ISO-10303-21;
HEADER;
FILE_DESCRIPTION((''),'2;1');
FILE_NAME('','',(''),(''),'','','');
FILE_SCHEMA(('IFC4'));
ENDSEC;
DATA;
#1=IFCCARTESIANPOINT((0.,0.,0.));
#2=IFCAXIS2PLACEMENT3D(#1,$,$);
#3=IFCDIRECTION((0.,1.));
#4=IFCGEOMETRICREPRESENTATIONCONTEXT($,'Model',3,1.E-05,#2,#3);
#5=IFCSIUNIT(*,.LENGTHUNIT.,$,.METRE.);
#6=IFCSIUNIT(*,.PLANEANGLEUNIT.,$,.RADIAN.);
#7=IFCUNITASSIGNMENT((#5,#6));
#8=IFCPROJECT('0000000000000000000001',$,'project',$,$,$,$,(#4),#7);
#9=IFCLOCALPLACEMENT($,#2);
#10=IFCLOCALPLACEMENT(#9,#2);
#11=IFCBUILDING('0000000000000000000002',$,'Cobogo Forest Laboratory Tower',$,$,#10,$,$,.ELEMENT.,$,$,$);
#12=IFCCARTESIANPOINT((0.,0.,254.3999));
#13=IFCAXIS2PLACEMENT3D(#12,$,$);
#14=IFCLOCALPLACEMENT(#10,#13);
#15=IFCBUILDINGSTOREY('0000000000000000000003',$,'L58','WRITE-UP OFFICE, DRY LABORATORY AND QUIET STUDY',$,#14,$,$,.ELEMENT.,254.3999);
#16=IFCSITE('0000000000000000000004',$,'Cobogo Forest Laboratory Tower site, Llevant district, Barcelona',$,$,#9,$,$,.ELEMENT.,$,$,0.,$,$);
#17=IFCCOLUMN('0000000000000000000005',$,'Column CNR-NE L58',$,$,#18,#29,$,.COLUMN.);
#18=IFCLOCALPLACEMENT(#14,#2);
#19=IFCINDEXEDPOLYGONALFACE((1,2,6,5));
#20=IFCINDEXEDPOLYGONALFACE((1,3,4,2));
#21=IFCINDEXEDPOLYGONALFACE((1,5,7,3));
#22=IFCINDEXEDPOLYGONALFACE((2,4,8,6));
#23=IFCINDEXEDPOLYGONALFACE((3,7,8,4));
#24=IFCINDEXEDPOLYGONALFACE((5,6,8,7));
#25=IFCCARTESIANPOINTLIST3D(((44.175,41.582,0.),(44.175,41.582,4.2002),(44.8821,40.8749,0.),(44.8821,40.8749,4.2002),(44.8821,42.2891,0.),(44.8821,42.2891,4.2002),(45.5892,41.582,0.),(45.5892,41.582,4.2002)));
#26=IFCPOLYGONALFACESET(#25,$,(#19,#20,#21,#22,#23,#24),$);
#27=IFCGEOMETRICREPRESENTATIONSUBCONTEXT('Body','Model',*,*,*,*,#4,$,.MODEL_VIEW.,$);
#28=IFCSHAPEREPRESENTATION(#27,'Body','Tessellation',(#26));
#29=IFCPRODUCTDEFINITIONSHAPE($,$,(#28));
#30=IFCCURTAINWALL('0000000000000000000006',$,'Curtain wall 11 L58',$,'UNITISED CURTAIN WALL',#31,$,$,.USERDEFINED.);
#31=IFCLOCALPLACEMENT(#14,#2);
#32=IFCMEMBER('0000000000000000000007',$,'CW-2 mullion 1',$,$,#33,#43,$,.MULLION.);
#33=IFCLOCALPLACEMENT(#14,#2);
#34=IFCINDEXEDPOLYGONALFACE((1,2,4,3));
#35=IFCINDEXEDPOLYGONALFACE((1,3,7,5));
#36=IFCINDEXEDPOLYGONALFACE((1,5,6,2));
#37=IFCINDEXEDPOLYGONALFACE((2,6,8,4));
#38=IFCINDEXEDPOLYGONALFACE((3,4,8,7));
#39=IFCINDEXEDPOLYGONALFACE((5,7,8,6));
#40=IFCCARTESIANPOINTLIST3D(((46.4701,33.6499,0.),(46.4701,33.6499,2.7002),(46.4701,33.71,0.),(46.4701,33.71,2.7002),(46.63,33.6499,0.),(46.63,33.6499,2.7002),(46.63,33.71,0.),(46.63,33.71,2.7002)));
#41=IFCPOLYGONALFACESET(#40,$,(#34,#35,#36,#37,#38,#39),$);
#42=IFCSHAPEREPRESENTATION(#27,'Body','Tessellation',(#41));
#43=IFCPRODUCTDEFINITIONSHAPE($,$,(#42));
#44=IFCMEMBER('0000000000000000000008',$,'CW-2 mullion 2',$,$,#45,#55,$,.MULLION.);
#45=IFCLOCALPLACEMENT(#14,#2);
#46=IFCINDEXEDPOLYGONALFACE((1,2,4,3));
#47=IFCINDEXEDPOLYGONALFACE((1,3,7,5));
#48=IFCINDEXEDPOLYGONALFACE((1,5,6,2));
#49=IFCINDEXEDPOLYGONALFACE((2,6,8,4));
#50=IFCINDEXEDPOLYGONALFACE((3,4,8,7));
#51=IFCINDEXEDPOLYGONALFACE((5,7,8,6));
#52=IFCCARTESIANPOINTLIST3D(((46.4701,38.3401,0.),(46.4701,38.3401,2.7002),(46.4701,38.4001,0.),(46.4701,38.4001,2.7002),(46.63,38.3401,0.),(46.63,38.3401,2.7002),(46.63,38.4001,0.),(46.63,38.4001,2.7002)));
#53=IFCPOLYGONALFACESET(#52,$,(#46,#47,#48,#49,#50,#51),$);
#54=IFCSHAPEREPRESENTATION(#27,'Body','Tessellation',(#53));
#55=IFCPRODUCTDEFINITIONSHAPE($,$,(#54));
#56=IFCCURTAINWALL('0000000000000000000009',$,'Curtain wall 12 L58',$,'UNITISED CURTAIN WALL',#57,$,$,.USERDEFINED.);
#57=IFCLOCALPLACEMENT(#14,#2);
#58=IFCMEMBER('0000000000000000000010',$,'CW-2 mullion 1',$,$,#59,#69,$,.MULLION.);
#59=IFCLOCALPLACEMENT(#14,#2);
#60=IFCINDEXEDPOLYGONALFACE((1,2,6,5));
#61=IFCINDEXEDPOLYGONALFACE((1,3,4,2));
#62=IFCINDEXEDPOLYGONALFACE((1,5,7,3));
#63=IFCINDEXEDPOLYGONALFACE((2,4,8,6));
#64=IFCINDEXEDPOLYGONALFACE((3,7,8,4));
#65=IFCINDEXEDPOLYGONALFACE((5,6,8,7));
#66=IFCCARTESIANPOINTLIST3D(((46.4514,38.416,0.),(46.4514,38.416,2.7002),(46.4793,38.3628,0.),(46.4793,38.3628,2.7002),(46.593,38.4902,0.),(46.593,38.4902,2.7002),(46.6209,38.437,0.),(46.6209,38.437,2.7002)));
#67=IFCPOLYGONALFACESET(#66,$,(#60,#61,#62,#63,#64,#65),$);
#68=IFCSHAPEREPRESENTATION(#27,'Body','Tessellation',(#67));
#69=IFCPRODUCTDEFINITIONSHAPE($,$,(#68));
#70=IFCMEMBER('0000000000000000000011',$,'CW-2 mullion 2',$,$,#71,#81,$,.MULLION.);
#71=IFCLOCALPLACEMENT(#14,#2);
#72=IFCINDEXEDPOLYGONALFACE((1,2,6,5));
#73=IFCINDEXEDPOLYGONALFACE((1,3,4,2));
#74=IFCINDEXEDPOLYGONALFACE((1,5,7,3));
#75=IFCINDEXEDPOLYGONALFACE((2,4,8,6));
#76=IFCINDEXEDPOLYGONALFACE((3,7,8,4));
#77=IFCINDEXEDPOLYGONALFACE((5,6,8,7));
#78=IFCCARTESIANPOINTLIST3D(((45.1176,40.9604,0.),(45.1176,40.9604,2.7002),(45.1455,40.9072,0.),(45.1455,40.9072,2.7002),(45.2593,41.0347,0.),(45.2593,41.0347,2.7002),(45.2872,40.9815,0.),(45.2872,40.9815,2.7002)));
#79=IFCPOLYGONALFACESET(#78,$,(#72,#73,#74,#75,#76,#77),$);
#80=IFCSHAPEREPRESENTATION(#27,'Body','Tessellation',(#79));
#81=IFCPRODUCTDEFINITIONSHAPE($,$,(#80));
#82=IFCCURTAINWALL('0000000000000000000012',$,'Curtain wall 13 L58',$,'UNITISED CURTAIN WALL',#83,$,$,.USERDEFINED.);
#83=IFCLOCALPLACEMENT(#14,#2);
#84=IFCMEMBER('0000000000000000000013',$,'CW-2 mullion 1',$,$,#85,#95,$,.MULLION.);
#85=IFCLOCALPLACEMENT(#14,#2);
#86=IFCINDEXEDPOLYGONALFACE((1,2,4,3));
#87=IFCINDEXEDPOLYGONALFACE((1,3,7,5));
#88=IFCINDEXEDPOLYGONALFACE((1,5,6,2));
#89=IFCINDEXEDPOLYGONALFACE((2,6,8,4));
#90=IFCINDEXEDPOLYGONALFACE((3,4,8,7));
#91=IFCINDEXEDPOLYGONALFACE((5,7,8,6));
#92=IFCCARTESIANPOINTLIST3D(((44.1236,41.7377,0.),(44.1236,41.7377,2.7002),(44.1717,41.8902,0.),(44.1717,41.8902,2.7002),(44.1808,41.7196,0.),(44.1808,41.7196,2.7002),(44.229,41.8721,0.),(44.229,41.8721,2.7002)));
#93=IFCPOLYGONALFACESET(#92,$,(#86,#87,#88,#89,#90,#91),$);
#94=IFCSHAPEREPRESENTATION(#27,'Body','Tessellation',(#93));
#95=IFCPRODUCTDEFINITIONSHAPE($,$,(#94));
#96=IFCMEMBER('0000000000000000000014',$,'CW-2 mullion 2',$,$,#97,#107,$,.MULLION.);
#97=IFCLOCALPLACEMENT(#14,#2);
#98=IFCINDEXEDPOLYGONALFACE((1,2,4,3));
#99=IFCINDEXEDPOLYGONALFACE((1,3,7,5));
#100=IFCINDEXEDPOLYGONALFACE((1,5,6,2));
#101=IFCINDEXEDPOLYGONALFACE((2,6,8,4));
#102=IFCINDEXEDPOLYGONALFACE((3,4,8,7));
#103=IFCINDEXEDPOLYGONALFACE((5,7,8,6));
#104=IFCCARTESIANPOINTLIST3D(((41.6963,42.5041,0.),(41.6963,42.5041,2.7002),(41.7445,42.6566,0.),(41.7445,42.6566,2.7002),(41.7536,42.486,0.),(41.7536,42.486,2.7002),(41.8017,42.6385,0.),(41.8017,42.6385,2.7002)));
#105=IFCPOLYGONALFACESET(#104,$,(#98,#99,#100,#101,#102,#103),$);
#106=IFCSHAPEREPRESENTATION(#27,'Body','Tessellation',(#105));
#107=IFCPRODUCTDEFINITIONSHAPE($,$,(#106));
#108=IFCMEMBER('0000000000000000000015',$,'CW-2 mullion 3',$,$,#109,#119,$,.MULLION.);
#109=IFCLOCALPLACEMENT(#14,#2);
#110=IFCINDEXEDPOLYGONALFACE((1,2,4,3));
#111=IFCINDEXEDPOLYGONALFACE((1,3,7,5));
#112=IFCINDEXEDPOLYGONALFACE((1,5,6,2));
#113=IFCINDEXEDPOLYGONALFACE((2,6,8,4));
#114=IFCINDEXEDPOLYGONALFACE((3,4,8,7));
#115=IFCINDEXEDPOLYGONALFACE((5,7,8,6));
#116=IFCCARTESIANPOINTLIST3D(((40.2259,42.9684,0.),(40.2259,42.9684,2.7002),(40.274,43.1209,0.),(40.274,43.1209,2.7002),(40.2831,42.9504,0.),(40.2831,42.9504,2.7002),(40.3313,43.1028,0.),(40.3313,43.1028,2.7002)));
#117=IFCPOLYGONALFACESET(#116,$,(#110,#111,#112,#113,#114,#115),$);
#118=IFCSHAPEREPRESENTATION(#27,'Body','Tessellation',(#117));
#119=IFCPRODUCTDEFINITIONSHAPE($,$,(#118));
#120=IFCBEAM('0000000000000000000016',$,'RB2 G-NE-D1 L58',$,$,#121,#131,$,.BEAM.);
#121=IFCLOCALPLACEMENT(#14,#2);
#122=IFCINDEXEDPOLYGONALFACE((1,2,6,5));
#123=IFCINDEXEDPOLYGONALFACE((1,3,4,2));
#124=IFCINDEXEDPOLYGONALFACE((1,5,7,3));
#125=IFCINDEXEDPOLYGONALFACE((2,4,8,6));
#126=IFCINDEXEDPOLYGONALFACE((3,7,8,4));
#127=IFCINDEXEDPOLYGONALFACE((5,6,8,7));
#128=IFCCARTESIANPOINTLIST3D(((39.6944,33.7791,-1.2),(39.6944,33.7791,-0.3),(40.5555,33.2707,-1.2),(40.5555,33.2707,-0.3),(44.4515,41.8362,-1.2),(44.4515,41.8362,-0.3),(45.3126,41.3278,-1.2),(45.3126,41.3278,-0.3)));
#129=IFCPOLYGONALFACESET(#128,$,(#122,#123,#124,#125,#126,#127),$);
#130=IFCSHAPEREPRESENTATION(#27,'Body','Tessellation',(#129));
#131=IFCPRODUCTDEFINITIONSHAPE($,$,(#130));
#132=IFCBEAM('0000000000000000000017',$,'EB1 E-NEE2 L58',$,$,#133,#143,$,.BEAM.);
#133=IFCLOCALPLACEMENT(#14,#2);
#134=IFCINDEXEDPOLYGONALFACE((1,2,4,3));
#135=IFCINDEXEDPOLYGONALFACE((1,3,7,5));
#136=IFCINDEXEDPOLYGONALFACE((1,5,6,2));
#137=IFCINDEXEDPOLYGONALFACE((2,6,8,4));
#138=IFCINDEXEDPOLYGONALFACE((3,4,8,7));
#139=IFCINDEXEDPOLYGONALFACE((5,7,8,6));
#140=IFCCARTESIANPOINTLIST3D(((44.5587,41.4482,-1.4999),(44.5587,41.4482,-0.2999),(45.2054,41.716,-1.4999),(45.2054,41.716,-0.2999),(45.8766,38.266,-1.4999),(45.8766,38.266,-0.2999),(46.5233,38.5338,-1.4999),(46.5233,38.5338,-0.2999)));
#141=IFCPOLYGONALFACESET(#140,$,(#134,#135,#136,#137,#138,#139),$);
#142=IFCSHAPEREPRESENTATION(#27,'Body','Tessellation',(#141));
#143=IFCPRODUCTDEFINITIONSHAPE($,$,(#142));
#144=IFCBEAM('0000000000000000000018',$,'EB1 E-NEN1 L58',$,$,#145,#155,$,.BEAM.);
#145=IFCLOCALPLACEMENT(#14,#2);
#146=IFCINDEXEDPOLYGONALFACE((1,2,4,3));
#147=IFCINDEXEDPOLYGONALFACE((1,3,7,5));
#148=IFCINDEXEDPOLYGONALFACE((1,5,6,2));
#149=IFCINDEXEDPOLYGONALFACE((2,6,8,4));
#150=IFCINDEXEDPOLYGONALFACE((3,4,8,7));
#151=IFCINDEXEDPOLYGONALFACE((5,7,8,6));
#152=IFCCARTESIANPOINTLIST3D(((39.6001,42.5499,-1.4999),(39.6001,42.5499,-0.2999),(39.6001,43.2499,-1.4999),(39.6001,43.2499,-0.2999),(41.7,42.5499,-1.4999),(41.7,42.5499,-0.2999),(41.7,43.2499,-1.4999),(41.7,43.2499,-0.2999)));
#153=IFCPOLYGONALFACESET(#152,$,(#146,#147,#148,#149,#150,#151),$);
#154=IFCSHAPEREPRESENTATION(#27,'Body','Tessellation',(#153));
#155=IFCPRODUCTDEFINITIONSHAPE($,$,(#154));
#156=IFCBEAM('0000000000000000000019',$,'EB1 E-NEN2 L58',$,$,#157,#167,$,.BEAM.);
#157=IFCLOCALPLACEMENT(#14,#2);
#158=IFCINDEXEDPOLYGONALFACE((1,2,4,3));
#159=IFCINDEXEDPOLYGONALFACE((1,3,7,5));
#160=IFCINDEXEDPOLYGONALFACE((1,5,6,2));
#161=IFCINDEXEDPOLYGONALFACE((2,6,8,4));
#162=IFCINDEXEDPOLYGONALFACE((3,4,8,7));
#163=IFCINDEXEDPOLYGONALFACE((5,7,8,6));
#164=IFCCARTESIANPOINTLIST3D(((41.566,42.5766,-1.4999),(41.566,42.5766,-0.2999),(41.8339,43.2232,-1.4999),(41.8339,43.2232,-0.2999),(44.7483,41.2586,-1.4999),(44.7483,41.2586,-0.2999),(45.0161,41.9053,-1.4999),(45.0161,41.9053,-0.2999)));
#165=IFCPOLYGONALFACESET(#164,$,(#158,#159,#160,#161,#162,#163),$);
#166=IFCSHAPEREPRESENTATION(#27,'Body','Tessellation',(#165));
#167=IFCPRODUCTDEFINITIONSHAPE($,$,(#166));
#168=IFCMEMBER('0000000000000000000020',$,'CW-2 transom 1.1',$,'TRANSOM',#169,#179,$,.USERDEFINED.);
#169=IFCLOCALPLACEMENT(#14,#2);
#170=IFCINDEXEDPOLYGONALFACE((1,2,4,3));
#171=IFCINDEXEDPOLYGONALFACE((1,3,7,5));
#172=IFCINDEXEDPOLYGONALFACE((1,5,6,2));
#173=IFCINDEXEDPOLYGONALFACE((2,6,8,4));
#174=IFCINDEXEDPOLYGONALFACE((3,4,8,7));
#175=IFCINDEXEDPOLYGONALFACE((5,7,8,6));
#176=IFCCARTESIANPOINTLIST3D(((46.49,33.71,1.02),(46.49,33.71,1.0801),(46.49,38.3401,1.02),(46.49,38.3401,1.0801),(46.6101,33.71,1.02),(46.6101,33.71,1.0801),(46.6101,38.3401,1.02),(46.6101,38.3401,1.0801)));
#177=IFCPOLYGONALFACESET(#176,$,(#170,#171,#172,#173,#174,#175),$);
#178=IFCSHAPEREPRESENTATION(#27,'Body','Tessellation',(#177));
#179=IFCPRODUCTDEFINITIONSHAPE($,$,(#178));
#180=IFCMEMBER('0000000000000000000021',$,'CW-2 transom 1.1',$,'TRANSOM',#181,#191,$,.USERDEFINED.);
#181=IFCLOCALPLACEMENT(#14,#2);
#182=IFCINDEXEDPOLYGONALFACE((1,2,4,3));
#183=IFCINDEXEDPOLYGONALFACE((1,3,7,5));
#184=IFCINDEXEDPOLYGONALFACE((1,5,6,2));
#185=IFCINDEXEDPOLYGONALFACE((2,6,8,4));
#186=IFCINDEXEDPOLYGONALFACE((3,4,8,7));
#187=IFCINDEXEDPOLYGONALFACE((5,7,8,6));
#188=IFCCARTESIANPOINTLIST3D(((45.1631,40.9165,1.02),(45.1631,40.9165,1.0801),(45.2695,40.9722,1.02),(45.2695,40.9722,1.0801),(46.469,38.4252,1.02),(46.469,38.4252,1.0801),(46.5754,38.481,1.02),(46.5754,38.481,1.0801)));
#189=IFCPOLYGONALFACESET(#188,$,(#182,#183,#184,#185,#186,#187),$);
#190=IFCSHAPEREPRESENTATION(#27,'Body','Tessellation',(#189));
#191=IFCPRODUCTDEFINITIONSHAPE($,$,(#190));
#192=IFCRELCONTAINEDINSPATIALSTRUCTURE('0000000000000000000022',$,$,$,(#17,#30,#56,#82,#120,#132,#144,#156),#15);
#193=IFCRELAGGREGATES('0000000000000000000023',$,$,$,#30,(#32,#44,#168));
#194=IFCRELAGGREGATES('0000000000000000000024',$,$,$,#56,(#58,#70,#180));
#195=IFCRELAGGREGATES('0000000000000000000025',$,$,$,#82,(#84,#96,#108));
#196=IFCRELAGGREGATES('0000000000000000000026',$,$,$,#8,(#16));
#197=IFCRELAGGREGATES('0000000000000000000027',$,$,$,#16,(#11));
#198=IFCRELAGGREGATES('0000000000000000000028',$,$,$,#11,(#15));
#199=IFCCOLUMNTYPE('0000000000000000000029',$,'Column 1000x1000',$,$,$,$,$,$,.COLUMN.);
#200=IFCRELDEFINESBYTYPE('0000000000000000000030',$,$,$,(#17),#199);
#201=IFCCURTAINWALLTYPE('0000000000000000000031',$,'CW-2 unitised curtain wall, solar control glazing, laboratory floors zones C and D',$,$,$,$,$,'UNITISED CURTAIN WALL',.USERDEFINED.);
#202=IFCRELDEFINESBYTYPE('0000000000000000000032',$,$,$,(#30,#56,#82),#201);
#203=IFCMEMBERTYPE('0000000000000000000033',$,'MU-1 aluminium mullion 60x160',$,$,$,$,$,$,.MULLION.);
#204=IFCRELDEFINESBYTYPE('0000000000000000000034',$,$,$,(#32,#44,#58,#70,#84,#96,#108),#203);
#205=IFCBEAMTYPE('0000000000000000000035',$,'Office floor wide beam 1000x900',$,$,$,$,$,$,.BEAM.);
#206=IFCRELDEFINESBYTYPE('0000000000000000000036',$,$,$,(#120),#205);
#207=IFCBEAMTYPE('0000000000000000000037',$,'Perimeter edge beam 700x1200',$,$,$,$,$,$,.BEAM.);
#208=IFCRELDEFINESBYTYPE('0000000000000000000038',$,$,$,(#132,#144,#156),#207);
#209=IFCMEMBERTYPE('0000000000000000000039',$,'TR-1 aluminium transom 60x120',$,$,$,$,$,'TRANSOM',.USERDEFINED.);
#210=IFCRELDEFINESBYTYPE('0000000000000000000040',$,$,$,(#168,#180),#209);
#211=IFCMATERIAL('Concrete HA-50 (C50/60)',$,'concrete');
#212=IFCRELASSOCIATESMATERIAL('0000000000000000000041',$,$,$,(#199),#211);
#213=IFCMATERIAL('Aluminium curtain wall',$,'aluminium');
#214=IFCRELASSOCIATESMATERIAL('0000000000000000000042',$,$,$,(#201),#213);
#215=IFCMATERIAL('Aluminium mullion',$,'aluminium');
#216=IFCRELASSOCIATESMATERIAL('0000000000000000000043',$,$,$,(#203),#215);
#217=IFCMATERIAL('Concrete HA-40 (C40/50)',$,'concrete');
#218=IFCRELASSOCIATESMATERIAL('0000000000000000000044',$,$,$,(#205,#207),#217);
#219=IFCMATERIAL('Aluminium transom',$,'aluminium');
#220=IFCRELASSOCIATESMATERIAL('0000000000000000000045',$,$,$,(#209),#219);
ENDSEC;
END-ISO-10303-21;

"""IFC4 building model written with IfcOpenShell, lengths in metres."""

from ifc_helpers import new_model, si_unit, direction, frame, origin, origin_2d, place, context, subcontext, project, spatial, rectangle, extrude, material, material_profile, profile_set, type_object, element, aggregate, save


model = new_model("IFC4")

# Units and contexts
model_context = context("Model", 3, precision=1e-05, world=origin(), true_north=direction((0.0, 1.0)))
body_context = subcontext(model_context, "Body", "Model", "MODEL_VIEW")
ifc_project = project(units=[si_unit("LENGTHUNIT", "METRE"), si_unit("PLANEANGLEUNIT", "RADIAN")], contexts=[model_context])

# Site, building, storey
site_placement = place(None, origin())
site = spatial("IfcSite", under=ifc_project, at=site_placement, Name="Cobogo Forest Laboratory Tower site, Llevant district, Barcelona", CompositionType="ELEMENT", RefElevation=0.0)
building_placement = place(site_placement, origin())
building = spatial("IfcBuilding", under=site, at=building_placement, Name="Cobogo Forest Laboratory Tower", CompositionType="ELEMENT")
storey_placement = place(building_placement, frame((0.0, 0.0, 254.3999)))
storey = spatial("IfcBuildingStorey", under=building, at=storey_placement, Name="L58", Description="WRITE-UP OFFICE, DRY LABORATORY AND QUIET STUDY", CompositionType="ELEMENT", Elevation=254.3999)

# Column
ifc_material_1 = material(Name="Concrete HA-50 (C50/60)", Category="concrete")
ifc_material_profile_1 = material_profile(ifc_material_1, rectangle(XDim=1.0, YDim=1.0, at=origin_2d()), Name="RC 1000x1000")
ifc_profile_set_1 = profile_set([ifc_material_profile_1], Name="Concrete HA-50 (C50/60)")
column_type = type_object("IfcColumnType", Name="Column 1000x1000", PredefinedType="COLUMN", material=ifc_profile_set_1)
column_placement = place(storey_placement, frame((44.8821, 41.582, 0.0), z_axis=(0.0, 0.0, 1.0), x_axis=(0.707107, 0.707107, 0.0)))
element("IfcColumn", 1, at=column_placement, inside=storey, type_object=column_type, Name="Column CNR-NE L58", PredefinedType="COLUMN", context=body_context, shape_type="SweptSolid", body=[
    extrude(rectangle(XDim=1.0, YDim=1.0, at=origin_2d()), origin(), (0.0, 0.0, 1.0), 4.2002),
])

# Curtain walls, members
ifc_material_2 = material(Name="Aluminium curtain wall", Category="aluminium")
curtain_wall_type = type_object("IfcCurtainWallType", Name="CW-2 unitised curtain wall, solar control glazing, laboratory floors zones C and D", ElementType="UNITISED CURTAIN WALL", PredefinedType="USERDEFINED", material=ifc_material_2)
curtain_wall_1_placement = place(storey_placement, origin())
curtain_wall_1 = element("IfcCurtainWall", 2, at=curtain_wall_1_placement, inside=storey, type_object=curtain_wall_type, Name="Curtain wall 11 L58", ObjectType="UNITISED CURTAIN WALL", PredefinedType="USERDEFINED")
ifc_material_3 = material(Name="Aluminium mullion", Category="aluminium")
ifc_material_profile_2 = material_profile(ifc_material_3, rectangle(XDim=0.0601, YDim=0.1599, at=origin_2d()), Name="AL 60x160")
ifc_profile_set_2 = profile_set([ifc_material_profile_2], Name="Aluminium mullion")
member_type_1 = type_object("IfcMemberType", Name="MU-1 aluminium mullion 60x160", PredefinedType="MULLION", material=ifc_profile_set_2)
member_1_placement = place(storey_placement, frame((46.55, 33.6799, 0.0), z_axis=(0.0, 0.0, 1.0), x_axis=(0.0, 1.0, 0.0)))
member_1 = element("IfcMember", 3, at=member_1_placement, type_object=member_type_1, Name="CW-2 mullion 1", PredefinedType="MULLION", context=body_context, shape_type="SweptSolid", body=[
    extrude(rectangle(XDim=0.0601, YDim=0.1599, at=origin_2d()), origin(), (0.0, 0.0, 1.0), 2.7002),
])
member_2_placement = place(storey_placement, frame((46.55, 38.3701, 0.0), z_axis=(0.0, 0.0, 1.0), x_axis=(0.0, 1.0, 0.0)))
member_2 = element("IfcMember", 4, at=member_2_placement, type_object=member_type_1, Name="CW-2 mullion 2", PredefinedType="MULLION", context=body_context, shape_type="SweptSolid", body=[
    extrude(rectangle(XDim=0.0601, YDim=0.1599, at=origin_2d()), origin(), (0.0, 0.0, 1.0), 2.7002),
])
curtain_wall_2_placement = place(storey_placement, origin())
curtain_wall_2 = element("IfcCurtainWall", 5, at=curtain_wall_2_placement, inside=storey, type_object=curtain_wall_type, Name="Curtain wall 12 L58", ObjectType="UNITISED CURTAIN WALL", PredefinedType="USERDEFINED")
member_3_placement = place(storey_placement, frame((46.5361, 38.4265, 0.0), z_axis=(0.0, 0.0, 1.0), x_axis=(-0.464284, 0.885686, 0.0)))
member_3 = element("IfcMember", 6, at=member_3_placement, type_object=member_type_1, Name="CW-2 mullion 1", PredefinedType="MULLION", context=body_context, shape_type="SweptSolid", body=[
    extrude(rectangle(XDim=0.0601, YDim=0.1599, at=origin_2d()), origin(), (0.0, 0.0, 1.0), 2.7002),
])
member_4_placement = place(storey_placement, frame((45.2024, 40.9709, 0.0), z_axis=(0.0, 0.0, 1.0), x_axis=(-0.464284, 0.885686, 0.0)))
member_4 = element("IfcMember", 7, at=member_4_placement, type_object=member_type_1, Name="CW-2 mullion 2", PredefinedType="MULLION", context=body_context, shape_type="SweptSolid", body=[
    extrude(rectangle(XDim=0.0601, YDim=0.1599, at=origin_2d()), origin(), (0.0, 0.0, 1.0), 2.7002),
])
curtain_wall_3_placement = place(storey_placement, origin())
curtain_wall_3 = element("IfcCurtainWall", 8, at=curtain_wall_3_placement, inside=storey, type_object=curtain_wall_type, Name="Curtain wall 13 L58", ObjectType="UNITISED CURTAIN WALL", PredefinedType="USERDEFINED")
member_5_placement = place(storey_placement, frame((44.1763, 41.8049, 0.0), z_axis=(0.0, 0.0, 1.0), x_axis=(-0.953581, 0.301135, 0.0)))
member_5 = element("IfcMember", 9, at=member_5_placement, type_object=member_type_1, Name="CW-2 mullion 1", PredefinedType="MULLION", context=body_context, shape_type="SweptSolid", body=[
    extrude(rectangle(XDim=0.0601, YDim=0.1599, at=origin_2d()), origin(), (0.0, 0.0, 1.0), 2.7002),
])
member_6_placement = place(storey_placement, frame((41.749, 42.5713, 0.0), z_axis=(0.0, 0.0, 1.0), x_axis=(-0.953581, 0.301135, 0.0)))
member_6 = element("IfcMember", 10, at=member_6_placement, type_object=member_type_1, Name="CW-2 mullion 2", PredefinedType="MULLION", context=body_context, shape_type="SweptSolid", body=[
    extrude(rectangle(XDim=0.0601, YDim=0.1599, at=origin_2d()), origin(), (0.0, 0.0, 1.0), 2.7002),
])
member_7_placement = place(storey_placement, frame((40.2786, 43.0356, 0.0), z_axis=(0.0, 0.0, 1.0), x_axis=(-0.953581, 0.301135, 0.0)))
member_7 = element("IfcMember", 11, at=member_7_placement, type_object=member_type_1, Name="CW-2 mullion 3", PredefinedType="MULLION", context=body_context, shape_type="SweptSolid", body=[
    extrude(rectangle(XDim=0.0601, YDim=0.1599, at=origin_2d()), origin(), (0.0, 0.0, 1.0), 2.7002),
])

# Beams
ifc_material_4 = material(Name="Concrete HA-40 (C40/50)", Category="concrete")
ifc_material_profile_3 = material_profile(ifc_material_4, rectangle(XDim=1.0, YDim=0.8999, at=origin_2d()), Name="RC 1000x900")
ifc_profile_set_3 = profile_set([ifc_material_profile_3], Name="Concrete HA-40 (C40/50)")
beam_type_1 = type_object("IfcBeamType", Name="Office floor wide beam 1000x900", PredefinedType="BEAM", material=ifc_profile_set_3)
beam_1_placement = place(storey_placement, frame((44.8821, 41.582, -0.75), z_axis=(-0.508416, -0.861111, 0.0), x_axis=(0.861111, -0.508416, 0.0)))
element("IfcBeam", 12, at=beam_1_placement, inside=storey, type_object=beam_type_1, Name="RB2 G-NE-D1 L58", PredefinedType="BEAM", context=body_context, shape_type="SweptSolid", body=[
    extrude(rectangle(XDim=1.0, YDim=0.8999, at=origin_2d()), origin(), (0.0, 0.0, 1.0), 9.3567),
])
ifc_material_profile_4 = material_profile(ifc_material_4, rectangle(XDim=0.7, YDim=1.2, at=origin_2d()), Name="RC 700x1200")
ifc_profile_set_4 = profile_set([ifc_material_profile_4], Name="Concrete HA-40 (C40/50)")
beam_type_2 = type_object("IfcBeamType", Name="Perimeter edge beam 700x1200", PredefinedType="BEAM", material=ifc_profile_set_4)
beam_2_placement = place(storey_placement, frame((46.2, 38.3999, -0.8999), z_axis=(-0.382631, 0.923901, 0.0), x_axis=(-0.923901, -0.382631, 0.0)))
element("IfcBeam", 13, at=beam_2_placement, inside=storey, type_object=beam_type_2, Name="EB1 E-NEE2 L58", PredefinedType="BEAM", context=body_context, shape_type="SweptSolid", body=[
    extrude(rectangle(XDim=0.7, YDim=1.2, at=origin_2d()), origin(), (0.0, 0.0, 1.0), 3.4443),
])
beam_3_placement = place(storey_placement, frame((39.6001, 42.8999, -0.8999), z_axis=(1.0, 0.0, 0.0), x_axis=(0.0, 1.0, 0.0)))
element("IfcBeam", 14, at=beam_3_placement, inside=storey, type_object=beam_type_2, Name="EB1 E-NEN1 L58", PredefinedType="BEAM", context=body_context, shape_type="SweptSolid", body=[
    extrude(rectangle(XDim=0.7, YDim=1.2, at=origin_2d()), origin(), (0.0, 0.0, 1.0), 2.0999),
])
beam_4_placement = place(storey_placement, frame((41.7, 42.8999, -0.8999), z_axis=(0.923901, -0.382631, 0.0), x_axis=(0.382631, 0.923901, 0.0)))
element("IfcBeam", 15, at=beam_4_placement, inside=storey, type_object=beam_type_2, Name="EB1 E-NEN2 L58", PredefinedType="BEAM", context=body_context, shape_type="SweptSolid", body=[
    extrude(rectangle(XDim=0.7, YDim=1.2, at=origin_2d()), origin(), (0.0, 0.0, 1.0), 3.4443),
])

# Members
ifc_material_5 = material(Name="Aluminium transom", Category="aluminium")
ifc_material_profile_5 = material_profile(ifc_material_5, rectangle(XDim=0.1201, YDim=0.0601, at=origin_2d()), Name="AL 60x120")
ifc_profile_set_5 = profile_set([ifc_material_profile_5], Name="Aluminium transom")
member_type_2 = type_object("IfcMemberType", Name="TR-1 aluminium transom 60x120", ElementType="TRANSOM", PredefinedType="USERDEFINED", material=ifc_profile_set_5)
member_8_placement = place(storey_placement, frame((46.55, 33.71, 1.05), z_axis=(0.0, 1.0, 0.0), x_axis=(-1.0, 0.0, 0.0)))
member_8 = element("IfcMember", 16, at=member_8_placement, type_object=member_type_2, Name="CW-2 transom 1.1", ObjectType="TRANSOM", PredefinedType="USERDEFINED", context=body_context, shape_type="SweptSolid", body=[
    extrude(rectangle(XDim=0.1201, YDim=0.0601, at=origin_2d()), origin(), (0.0, 0.0, 1.0), 4.6301),
])
member_9_placement = place(storey_placement, frame((46.5222, 38.4531, 1.05), z_axis=(-0.464283, 0.885687, 0.0), x_axis=(-0.885687, -0.464283, 0.0)))
member_9 = element("IfcMember", 17, at=member_9_placement, type_object=member_type_2, Name="CW-2 transom 1.1", ObjectType="TRANSOM", PredefinedType="USERDEFINED", context=body_context, shape_type="SweptSolid", body=[
    extrude(rectangle(XDim=0.1201, YDim=0.0601, at=origin_2d()), origin(), (0.0, 0.0, 1.0), 2.8127),
])

aggregate(curtain_wall_1, [member_1, member_2, member_8])
aggregate(curtain_wall_2, [member_3, member_4, member_9])
aggregate(curtain_wall_3, [member_5, member_6, member_7])

save(model, "model.ifc")
